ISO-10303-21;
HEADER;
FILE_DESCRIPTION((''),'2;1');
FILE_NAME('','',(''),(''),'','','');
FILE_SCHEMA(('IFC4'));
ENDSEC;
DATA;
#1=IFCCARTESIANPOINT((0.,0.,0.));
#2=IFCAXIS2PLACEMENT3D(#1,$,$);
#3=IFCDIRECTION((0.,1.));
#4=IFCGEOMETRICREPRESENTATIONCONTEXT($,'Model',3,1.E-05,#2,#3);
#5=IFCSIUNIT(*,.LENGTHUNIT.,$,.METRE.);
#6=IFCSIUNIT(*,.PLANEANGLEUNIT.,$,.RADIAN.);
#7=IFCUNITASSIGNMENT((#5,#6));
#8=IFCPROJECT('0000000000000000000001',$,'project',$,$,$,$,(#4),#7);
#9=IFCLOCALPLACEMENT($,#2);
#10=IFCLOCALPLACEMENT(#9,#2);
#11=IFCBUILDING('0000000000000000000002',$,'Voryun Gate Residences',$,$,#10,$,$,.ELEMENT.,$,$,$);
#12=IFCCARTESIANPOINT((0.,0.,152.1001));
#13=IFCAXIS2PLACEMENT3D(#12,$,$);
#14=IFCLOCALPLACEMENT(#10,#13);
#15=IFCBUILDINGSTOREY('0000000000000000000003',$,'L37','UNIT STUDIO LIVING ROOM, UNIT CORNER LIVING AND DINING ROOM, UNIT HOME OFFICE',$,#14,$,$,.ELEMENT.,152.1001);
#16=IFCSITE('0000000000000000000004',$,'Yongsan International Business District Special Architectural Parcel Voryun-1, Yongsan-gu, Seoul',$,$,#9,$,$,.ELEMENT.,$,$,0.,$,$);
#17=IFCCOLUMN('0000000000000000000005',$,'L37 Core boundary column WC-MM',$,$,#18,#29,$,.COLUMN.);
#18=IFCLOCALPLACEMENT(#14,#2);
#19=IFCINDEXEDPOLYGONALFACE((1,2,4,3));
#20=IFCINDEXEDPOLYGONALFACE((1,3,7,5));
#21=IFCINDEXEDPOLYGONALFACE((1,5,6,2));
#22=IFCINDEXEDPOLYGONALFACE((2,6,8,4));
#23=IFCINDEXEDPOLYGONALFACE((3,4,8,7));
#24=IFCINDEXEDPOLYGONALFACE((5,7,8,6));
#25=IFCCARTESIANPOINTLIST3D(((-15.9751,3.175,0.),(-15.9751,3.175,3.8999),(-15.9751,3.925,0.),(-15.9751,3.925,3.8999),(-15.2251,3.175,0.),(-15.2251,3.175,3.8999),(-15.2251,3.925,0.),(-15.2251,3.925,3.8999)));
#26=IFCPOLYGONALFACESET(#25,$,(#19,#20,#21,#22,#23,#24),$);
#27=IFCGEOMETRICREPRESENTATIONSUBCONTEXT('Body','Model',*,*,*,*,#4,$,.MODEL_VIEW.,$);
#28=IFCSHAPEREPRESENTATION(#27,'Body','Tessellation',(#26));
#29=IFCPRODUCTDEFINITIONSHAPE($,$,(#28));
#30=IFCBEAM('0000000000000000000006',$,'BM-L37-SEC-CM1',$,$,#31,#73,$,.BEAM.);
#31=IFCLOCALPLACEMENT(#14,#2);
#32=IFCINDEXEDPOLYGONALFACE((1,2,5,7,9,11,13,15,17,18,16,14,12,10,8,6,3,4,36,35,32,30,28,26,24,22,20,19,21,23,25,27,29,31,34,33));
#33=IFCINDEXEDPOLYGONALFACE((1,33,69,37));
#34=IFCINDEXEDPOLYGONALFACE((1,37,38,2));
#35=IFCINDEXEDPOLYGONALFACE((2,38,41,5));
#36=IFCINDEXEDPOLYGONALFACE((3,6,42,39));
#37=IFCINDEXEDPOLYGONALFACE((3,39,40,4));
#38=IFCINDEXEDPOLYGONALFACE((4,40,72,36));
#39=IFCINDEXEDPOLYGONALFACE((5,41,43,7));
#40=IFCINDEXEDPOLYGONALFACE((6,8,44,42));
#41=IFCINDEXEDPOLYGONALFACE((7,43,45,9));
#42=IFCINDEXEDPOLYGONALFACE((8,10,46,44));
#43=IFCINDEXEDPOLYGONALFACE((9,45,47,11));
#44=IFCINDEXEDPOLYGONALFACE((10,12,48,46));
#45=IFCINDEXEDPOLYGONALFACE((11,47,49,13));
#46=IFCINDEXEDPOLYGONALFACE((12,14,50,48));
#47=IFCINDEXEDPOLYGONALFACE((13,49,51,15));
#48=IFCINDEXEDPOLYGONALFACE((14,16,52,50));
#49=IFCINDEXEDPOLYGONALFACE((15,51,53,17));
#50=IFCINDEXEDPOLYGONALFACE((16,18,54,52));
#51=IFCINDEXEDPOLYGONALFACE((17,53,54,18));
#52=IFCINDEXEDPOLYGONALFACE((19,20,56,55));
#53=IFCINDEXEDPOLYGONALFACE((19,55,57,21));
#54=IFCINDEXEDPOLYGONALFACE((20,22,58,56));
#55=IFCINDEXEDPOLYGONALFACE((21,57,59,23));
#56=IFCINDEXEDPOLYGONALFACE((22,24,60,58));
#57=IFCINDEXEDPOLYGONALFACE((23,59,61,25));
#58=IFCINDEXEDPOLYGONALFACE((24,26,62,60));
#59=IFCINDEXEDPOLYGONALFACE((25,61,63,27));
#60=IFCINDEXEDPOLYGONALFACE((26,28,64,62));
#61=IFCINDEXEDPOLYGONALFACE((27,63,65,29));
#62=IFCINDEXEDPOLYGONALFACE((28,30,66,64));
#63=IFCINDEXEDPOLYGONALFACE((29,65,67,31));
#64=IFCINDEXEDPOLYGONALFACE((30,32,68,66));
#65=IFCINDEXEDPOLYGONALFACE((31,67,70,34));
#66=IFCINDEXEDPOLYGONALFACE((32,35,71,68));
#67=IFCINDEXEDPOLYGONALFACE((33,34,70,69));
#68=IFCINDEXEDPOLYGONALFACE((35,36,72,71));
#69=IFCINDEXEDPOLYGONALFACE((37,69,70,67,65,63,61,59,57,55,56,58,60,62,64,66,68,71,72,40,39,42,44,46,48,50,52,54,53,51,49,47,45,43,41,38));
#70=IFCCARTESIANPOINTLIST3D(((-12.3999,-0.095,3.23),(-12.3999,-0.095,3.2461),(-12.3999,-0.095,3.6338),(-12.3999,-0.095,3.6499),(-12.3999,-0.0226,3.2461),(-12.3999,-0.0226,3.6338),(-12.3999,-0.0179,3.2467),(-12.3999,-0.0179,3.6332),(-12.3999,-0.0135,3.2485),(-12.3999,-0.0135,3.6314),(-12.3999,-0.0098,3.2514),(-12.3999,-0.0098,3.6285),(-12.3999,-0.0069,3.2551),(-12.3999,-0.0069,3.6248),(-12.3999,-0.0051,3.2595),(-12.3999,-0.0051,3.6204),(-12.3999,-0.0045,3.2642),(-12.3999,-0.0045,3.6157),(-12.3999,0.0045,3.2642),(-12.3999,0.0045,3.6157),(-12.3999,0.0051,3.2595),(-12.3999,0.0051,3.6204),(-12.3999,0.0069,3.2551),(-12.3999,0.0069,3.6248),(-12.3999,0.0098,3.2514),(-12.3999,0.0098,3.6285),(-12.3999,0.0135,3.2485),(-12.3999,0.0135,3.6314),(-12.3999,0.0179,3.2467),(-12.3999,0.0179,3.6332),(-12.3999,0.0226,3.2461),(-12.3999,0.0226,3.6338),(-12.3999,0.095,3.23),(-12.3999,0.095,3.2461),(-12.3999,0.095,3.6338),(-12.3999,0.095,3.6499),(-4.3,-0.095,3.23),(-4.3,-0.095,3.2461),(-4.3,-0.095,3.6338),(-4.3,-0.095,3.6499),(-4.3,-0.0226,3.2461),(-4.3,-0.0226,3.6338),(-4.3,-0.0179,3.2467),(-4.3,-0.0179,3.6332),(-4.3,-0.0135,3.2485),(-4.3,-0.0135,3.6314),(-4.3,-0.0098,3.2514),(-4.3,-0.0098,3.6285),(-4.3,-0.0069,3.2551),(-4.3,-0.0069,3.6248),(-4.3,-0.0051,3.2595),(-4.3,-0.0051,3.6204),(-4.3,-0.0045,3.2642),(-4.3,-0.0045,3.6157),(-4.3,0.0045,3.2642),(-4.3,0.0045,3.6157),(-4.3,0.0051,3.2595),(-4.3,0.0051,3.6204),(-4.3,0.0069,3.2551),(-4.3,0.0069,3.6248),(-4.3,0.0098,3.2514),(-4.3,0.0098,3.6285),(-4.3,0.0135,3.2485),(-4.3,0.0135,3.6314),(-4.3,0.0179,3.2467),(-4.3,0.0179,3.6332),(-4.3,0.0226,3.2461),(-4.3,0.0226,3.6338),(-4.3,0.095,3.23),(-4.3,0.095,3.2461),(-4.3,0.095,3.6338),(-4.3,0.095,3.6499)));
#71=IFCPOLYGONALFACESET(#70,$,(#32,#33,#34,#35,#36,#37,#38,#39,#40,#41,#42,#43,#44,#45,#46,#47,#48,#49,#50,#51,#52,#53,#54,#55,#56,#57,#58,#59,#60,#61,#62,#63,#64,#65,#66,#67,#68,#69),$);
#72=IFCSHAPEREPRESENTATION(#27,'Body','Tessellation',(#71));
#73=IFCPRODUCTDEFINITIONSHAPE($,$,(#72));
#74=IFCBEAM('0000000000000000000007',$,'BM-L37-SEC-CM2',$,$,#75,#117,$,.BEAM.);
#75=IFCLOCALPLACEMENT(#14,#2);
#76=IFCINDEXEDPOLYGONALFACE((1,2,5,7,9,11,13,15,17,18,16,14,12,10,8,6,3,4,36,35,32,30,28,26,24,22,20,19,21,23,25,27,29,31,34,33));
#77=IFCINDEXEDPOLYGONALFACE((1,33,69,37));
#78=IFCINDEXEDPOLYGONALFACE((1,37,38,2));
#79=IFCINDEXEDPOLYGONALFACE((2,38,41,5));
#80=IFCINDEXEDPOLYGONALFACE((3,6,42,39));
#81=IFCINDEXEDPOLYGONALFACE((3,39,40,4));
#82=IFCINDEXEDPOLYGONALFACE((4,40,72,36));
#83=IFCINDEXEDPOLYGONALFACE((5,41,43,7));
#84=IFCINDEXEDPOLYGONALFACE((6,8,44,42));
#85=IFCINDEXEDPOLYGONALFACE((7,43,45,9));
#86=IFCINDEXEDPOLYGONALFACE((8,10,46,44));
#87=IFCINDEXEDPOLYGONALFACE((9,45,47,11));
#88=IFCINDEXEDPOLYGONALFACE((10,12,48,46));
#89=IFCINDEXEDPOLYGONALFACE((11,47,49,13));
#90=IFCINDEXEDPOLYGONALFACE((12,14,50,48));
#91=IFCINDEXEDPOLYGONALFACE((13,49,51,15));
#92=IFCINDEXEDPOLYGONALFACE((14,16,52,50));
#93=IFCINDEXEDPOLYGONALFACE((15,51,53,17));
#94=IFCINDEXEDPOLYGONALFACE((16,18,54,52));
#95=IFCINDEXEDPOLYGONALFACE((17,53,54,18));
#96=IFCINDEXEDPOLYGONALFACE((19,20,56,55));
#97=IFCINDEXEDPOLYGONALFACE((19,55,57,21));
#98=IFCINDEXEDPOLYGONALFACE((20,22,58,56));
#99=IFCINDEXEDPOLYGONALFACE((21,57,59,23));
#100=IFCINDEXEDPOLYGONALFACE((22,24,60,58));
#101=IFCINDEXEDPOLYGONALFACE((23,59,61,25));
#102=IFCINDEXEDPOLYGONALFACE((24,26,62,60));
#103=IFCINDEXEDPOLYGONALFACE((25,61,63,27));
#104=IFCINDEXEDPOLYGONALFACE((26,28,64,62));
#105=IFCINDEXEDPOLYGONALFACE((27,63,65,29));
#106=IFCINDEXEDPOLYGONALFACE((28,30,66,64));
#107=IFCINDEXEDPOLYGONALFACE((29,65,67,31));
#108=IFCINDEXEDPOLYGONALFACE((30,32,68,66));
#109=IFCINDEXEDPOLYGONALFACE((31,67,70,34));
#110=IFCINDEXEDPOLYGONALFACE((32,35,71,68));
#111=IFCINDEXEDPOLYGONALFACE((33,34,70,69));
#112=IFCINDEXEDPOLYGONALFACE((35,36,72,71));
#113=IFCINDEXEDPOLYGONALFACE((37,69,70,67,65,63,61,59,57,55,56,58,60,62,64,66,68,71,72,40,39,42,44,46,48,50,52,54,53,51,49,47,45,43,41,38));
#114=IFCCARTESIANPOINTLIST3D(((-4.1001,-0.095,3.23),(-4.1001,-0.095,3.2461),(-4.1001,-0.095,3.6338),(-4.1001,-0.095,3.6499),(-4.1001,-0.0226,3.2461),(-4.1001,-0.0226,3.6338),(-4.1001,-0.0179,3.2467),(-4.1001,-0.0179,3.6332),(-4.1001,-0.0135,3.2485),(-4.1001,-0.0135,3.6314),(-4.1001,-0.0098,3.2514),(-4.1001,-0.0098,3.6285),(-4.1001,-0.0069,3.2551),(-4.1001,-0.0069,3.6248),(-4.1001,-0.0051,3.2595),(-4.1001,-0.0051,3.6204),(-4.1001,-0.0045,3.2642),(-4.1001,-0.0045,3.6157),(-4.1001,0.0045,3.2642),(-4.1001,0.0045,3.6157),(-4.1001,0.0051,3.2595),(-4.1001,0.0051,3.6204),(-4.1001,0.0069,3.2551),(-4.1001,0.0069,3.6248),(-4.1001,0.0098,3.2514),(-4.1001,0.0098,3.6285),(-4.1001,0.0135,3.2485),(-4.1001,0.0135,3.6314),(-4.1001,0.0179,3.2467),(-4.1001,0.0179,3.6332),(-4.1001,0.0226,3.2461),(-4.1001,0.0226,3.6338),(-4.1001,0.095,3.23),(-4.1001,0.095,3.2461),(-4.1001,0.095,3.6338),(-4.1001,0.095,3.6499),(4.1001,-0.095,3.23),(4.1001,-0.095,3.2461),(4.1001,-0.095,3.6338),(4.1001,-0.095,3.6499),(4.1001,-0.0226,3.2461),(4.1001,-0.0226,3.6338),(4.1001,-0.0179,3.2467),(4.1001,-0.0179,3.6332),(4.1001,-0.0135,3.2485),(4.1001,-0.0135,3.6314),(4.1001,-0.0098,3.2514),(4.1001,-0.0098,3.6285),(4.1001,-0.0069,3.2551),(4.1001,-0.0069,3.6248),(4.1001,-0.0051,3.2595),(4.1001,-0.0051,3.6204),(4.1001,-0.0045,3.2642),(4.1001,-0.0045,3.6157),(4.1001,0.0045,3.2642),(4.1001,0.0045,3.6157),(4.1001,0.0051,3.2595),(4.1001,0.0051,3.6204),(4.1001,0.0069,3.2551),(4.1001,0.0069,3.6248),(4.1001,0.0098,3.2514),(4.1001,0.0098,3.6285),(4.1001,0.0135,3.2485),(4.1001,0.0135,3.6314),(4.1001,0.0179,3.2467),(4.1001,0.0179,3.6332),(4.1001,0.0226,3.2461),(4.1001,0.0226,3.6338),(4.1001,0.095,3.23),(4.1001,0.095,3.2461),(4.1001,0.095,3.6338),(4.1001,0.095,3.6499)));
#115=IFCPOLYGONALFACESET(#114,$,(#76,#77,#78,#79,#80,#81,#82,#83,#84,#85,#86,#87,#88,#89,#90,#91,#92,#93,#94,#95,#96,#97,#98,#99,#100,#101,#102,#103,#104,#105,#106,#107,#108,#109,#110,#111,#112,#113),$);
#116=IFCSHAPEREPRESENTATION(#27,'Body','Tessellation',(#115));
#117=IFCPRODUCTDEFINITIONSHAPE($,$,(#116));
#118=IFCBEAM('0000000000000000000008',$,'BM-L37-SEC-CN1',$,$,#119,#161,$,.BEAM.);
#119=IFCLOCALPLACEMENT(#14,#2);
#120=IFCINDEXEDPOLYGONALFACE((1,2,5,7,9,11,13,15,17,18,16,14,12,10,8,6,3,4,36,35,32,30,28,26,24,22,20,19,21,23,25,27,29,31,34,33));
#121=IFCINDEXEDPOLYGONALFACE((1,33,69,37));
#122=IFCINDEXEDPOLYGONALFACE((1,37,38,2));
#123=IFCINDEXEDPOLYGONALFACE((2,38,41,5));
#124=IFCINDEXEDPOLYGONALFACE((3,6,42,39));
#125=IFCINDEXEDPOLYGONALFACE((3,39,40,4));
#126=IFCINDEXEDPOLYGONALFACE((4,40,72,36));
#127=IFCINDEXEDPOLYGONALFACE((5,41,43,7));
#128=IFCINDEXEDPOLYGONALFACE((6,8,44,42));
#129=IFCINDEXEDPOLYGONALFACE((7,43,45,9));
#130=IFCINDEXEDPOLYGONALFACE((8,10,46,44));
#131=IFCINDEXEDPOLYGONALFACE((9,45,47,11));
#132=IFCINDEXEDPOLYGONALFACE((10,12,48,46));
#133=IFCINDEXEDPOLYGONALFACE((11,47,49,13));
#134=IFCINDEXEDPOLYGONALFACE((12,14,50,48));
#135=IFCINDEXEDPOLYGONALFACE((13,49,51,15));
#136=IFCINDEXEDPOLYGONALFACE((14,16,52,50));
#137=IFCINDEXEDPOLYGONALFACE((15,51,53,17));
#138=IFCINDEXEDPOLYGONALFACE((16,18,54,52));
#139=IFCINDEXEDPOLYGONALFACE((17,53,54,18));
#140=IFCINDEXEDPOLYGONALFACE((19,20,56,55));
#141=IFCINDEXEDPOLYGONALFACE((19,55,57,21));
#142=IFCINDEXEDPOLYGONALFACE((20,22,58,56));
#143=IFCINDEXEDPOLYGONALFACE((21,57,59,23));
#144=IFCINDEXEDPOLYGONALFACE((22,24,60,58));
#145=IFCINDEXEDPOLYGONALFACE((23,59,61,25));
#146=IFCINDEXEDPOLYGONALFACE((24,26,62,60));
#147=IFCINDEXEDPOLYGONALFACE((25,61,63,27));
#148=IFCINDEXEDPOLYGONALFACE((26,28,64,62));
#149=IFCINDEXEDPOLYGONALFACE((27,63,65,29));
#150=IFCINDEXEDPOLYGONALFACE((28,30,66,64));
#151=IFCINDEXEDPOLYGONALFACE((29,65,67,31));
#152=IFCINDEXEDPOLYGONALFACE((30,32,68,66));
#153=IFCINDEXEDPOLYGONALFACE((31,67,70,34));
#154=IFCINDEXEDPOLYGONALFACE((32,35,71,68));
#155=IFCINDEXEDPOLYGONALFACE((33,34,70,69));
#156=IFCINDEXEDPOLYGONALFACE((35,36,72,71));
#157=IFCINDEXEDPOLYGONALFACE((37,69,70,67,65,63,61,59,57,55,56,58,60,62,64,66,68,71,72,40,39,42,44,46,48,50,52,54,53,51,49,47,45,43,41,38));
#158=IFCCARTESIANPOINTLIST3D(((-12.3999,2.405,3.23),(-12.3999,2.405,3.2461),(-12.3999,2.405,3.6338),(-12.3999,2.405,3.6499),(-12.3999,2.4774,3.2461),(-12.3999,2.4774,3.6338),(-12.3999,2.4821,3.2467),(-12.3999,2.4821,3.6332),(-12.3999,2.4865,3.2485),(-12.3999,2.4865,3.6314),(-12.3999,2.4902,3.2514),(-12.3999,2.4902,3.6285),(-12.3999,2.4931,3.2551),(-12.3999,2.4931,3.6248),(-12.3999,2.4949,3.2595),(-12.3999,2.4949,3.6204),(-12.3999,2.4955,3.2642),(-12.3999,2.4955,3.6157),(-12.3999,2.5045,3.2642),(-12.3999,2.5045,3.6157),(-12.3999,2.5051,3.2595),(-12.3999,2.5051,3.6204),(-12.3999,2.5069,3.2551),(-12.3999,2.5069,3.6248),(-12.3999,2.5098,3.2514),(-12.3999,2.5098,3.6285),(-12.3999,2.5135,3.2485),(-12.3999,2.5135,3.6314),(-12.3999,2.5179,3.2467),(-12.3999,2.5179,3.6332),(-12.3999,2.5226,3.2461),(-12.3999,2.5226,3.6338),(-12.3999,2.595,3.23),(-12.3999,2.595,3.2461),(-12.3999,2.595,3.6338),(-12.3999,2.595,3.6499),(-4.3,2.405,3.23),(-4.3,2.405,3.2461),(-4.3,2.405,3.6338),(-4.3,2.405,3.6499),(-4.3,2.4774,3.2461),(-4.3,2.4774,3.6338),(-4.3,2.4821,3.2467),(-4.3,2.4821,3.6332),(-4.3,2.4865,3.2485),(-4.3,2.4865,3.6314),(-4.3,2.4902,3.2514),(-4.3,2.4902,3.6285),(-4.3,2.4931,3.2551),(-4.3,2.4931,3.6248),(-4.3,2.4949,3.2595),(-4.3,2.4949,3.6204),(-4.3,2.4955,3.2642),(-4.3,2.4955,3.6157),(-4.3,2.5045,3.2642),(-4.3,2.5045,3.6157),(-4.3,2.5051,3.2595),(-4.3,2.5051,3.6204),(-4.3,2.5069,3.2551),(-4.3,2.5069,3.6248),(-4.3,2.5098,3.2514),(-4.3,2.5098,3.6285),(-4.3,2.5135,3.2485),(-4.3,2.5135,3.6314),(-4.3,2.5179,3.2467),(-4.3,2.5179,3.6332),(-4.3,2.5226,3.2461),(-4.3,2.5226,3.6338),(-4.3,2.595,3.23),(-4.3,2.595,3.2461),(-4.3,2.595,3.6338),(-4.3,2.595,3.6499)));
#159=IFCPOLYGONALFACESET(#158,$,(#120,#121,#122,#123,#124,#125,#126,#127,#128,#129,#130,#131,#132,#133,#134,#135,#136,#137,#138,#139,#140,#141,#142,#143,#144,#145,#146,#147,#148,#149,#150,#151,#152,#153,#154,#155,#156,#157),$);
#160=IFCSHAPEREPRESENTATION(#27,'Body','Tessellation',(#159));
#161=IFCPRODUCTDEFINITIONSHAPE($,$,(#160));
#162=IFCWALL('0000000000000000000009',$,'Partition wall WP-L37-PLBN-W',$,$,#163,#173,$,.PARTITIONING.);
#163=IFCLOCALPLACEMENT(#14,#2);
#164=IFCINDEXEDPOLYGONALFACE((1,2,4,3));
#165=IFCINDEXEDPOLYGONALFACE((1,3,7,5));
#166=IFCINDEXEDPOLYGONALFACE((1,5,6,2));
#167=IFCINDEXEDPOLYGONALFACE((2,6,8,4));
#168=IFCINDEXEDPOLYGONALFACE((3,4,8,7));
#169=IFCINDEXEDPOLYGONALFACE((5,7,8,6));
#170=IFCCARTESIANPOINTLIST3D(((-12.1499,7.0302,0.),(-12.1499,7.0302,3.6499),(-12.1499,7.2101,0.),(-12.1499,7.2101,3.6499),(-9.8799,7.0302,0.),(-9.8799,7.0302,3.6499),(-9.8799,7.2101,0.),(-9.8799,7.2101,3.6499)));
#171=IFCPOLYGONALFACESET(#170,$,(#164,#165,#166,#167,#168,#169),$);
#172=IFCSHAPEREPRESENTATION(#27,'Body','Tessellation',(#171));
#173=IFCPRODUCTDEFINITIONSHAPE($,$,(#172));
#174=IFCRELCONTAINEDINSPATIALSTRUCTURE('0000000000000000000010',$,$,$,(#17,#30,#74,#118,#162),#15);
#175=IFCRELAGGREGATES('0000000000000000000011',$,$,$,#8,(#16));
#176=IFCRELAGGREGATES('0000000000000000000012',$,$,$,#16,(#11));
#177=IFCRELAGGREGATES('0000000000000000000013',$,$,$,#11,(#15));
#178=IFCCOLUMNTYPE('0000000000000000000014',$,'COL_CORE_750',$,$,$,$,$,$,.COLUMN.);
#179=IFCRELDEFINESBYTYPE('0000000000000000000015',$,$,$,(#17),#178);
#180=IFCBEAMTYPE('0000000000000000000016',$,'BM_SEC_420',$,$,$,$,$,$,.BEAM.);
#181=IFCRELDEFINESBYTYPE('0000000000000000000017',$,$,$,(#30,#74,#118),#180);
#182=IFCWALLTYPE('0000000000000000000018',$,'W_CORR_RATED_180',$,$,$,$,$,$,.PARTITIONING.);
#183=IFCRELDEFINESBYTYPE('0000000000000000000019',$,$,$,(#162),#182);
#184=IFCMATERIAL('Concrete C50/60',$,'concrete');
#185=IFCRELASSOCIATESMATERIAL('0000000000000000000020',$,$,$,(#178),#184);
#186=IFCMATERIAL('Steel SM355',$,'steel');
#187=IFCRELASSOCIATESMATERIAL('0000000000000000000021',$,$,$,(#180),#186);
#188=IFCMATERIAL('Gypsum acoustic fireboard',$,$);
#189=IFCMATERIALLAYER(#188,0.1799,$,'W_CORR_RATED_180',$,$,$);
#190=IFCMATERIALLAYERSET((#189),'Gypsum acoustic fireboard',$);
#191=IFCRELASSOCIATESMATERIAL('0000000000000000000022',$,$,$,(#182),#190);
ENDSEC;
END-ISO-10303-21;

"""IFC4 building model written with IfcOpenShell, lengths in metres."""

from ifc_helpers import new_model, si_unit, direction, frame, frame_2d, origin, origin_2d, place, context, subcontext, project, spatial, rectangle, i_section, extrude, material, layer, layer_set, material_profile, profile_set, type_object, element, save


model = new_model("IFC4")

# Units and contexts
model_context = context("Model", 3, precision=1e-05, world=origin(), true_north=direction((0.0, 1.0)))
body_context = subcontext(model_context, "Body", "Model", "MODEL_VIEW")
ifc_project = project(units=[si_unit("LENGTHUNIT", "METRE"), si_unit("PLANEANGLEUNIT", "RADIAN")], contexts=[model_context])

# Site, building, storey
site_placement = place(None, origin())
site = spatial("IfcSite", under=ifc_project, at=site_placement, Name="Yongsan International Business District Special Architectural Parcel Voryun-1, Yongsan-gu, Seoul", CompositionType="ELEMENT", RefElevation=0.0)
building_placement = place(site_placement, origin())
building = spatial("IfcBuilding", under=site, at=building_placement, Name="Voryun Gate Residences", CompositionType="ELEMENT")
storey_placement = place(building_placement, frame((0.0, 0.0, 152.1001)))
storey = spatial("IfcBuildingStorey", under=building, at=storey_placement, Name="L37", Description="UNIT STUDIO LIVING ROOM, UNIT CORNER LIVING AND DINING ROOM, UNIT HOME OFFICE", CompositionType="ELEMENT", Elevation=152.1001)

# Column
ifc_material_1 = material(Name="Concrete C50/60", Category="concrete")
ifc_material_profile_1 = material_profile(ifc_material_1, rectangle(XDim=0.75, YDim=0.75, at=origin_2d()), Name="RC-750x750")
ifc_profile_set_1 = profile_set([ifc_material_profile_1], Name="Concrete C50/60")
column_type = type_object("IfcColumnType", Name="COL_CORE_750", PredefinedType="COLUMN", material=ifc_profile_set_1)
column_placement = place(storey_placement, frame((-15.6001, 3.55, 0.0), z_axis=(0.0, 0.0, 1.0), x_axis=(1.0, 0.0, 0.0)))
element("IfcColumn", 1, at=column_placement, inside=storey, type_object=column_type, Name="L37 Core boundary column WC-MM", PredefinedType="COLUMN", context=body_context, shape_type="SweptSolid", body=[
    extrude(rectangle(XDim=0.75, YDim=0.75, at=origin_2d()), origin(), (0.0, 0.0, 1.0), 3.8999),
])

# Beams
ifc_material_2 = material(Name="Steel SM355", Category="steel")
ifc_material_profile_2 = material_profile(ifc_material_2, i_section(OverallWidth=0.1899, OverallDepth=0.4199, WebThickness=0.009, FlangeThickness=0.0161, FilletRadius=0.0181, at=origin_2d()), Name="H-420x190x9x16")
ifc_profile_set_2 = profile_set([ifc_material_profile_2], Name="Steel SM355")
beam_type = type_object("IfcBeamType", Name="BM_SEC_420", PredefinedType="BEAM", material=ifc_profile_set_2)
beam_1_placement = place(storey_placement, frame((-12.3999, 0.0, 3.4399), z_axis=(1.0, 0.0, 0.0), x_axis=(0.0, 1.0, 0.0)))
element("IfcBeam", 2, at=beam_1_placement, inside=storey, type_object=beam_type, Name="BM-L37-SEC-CM1", PredefinedType="BEAM", context=body_context, shape_type="SweptSolid", body=[
    extrude(i_section(OverallWidth=0.1899, OverallDepth=0.4199, WebThickness=0.009, FlangeThickness=0.0161, FilletRadius=0.0181, at=origin_2d()), origin(), (0.0, 0.0, 1.0), 8.0999),
])
beam_2_placement = place(storey_placement, frame((-4.1001, 0.0, 3.4399), z_axis=(1.0, 0.0, 0.0), x_axis=(0.0, 1.0, 0.0)))
element("IfcBeam", 3, at=beam_2_placement, inside=storey, type_object=beam_type, Name="BM-L37-SEC-CM2", PredefinedType="BEAM", context=body_context, shape_type="SweptSolid", body=[
    extrude(i_section(OverallWidth=0.1899, OverallDepth=0.4199, WebThickness=0.009, FlangeThickness=0.0161, FilletRadius=0.0181, at=origin_2d()), origin(), (0.0, 0.0, 1.0), 8.2002),
])
beam_3_placement = place(storey_placement, frame((-12.3999, 2.5, 3.4399), z_axis=(1.0, 0.0, 0.0), x_axis=(0.0, 1.0, 0.0)))
element("IfcBeam", 4, at=beam_3_placement, inside=storey, type_object=beam_type, Name="BM-L37-SEC-CN1", PredefinedType="BEAM", context=body_context, shape_type="SweptSolid", body=[
    extrude(i_section(OverallWidth=0.1899, OverallDepth=0.4199, WebThickness=0.009, FlangeThickness=0.0161, FilletRadius=0.0181, at=origin_2d()), origin(), (0.0, 0.0, 1.0), 8.0999),
])

# Wall
ifc_material_3 = material(Name="Gypsum acoustic fireboard")
ifc_layer_1 = layer(ifc_material_3, 0.1799, Name="W_CORR_RATED_180")
ifc_layer_set_1 = layer_set([ifc_layer_1], Name="Gypsum acoustic fireboard")
wall_type_1 = type_object("IfcWallType", Name="W_CORR_RATED_180", PredefinedType="PARTITIONING", material=ifc_layer_set_1)
wall_1_placement = place(storey_placement, frame((-12.1499, 7.1201, 0.0), z_axis=(0.0, 0.0, 1.0), x_axis=(1.0, 0.0, 0.0)))
element("IfcWall", 5, at=wall_1_placement, inside=storey, type_object=wall_type_1, Name="Partition wall WP-L37-PLBN-W", PredefinedType="PARTITIONING", context=body_context, shape_type="SweptSolid", body=[
    extrude(rectangle(XDim=2.27, YDim=0.1799, at=frame_2d((1.135, 0.0))), origin(), (0.0, 0.0, 1.0), 3.6499),
])

save(model, "model.ifc")
